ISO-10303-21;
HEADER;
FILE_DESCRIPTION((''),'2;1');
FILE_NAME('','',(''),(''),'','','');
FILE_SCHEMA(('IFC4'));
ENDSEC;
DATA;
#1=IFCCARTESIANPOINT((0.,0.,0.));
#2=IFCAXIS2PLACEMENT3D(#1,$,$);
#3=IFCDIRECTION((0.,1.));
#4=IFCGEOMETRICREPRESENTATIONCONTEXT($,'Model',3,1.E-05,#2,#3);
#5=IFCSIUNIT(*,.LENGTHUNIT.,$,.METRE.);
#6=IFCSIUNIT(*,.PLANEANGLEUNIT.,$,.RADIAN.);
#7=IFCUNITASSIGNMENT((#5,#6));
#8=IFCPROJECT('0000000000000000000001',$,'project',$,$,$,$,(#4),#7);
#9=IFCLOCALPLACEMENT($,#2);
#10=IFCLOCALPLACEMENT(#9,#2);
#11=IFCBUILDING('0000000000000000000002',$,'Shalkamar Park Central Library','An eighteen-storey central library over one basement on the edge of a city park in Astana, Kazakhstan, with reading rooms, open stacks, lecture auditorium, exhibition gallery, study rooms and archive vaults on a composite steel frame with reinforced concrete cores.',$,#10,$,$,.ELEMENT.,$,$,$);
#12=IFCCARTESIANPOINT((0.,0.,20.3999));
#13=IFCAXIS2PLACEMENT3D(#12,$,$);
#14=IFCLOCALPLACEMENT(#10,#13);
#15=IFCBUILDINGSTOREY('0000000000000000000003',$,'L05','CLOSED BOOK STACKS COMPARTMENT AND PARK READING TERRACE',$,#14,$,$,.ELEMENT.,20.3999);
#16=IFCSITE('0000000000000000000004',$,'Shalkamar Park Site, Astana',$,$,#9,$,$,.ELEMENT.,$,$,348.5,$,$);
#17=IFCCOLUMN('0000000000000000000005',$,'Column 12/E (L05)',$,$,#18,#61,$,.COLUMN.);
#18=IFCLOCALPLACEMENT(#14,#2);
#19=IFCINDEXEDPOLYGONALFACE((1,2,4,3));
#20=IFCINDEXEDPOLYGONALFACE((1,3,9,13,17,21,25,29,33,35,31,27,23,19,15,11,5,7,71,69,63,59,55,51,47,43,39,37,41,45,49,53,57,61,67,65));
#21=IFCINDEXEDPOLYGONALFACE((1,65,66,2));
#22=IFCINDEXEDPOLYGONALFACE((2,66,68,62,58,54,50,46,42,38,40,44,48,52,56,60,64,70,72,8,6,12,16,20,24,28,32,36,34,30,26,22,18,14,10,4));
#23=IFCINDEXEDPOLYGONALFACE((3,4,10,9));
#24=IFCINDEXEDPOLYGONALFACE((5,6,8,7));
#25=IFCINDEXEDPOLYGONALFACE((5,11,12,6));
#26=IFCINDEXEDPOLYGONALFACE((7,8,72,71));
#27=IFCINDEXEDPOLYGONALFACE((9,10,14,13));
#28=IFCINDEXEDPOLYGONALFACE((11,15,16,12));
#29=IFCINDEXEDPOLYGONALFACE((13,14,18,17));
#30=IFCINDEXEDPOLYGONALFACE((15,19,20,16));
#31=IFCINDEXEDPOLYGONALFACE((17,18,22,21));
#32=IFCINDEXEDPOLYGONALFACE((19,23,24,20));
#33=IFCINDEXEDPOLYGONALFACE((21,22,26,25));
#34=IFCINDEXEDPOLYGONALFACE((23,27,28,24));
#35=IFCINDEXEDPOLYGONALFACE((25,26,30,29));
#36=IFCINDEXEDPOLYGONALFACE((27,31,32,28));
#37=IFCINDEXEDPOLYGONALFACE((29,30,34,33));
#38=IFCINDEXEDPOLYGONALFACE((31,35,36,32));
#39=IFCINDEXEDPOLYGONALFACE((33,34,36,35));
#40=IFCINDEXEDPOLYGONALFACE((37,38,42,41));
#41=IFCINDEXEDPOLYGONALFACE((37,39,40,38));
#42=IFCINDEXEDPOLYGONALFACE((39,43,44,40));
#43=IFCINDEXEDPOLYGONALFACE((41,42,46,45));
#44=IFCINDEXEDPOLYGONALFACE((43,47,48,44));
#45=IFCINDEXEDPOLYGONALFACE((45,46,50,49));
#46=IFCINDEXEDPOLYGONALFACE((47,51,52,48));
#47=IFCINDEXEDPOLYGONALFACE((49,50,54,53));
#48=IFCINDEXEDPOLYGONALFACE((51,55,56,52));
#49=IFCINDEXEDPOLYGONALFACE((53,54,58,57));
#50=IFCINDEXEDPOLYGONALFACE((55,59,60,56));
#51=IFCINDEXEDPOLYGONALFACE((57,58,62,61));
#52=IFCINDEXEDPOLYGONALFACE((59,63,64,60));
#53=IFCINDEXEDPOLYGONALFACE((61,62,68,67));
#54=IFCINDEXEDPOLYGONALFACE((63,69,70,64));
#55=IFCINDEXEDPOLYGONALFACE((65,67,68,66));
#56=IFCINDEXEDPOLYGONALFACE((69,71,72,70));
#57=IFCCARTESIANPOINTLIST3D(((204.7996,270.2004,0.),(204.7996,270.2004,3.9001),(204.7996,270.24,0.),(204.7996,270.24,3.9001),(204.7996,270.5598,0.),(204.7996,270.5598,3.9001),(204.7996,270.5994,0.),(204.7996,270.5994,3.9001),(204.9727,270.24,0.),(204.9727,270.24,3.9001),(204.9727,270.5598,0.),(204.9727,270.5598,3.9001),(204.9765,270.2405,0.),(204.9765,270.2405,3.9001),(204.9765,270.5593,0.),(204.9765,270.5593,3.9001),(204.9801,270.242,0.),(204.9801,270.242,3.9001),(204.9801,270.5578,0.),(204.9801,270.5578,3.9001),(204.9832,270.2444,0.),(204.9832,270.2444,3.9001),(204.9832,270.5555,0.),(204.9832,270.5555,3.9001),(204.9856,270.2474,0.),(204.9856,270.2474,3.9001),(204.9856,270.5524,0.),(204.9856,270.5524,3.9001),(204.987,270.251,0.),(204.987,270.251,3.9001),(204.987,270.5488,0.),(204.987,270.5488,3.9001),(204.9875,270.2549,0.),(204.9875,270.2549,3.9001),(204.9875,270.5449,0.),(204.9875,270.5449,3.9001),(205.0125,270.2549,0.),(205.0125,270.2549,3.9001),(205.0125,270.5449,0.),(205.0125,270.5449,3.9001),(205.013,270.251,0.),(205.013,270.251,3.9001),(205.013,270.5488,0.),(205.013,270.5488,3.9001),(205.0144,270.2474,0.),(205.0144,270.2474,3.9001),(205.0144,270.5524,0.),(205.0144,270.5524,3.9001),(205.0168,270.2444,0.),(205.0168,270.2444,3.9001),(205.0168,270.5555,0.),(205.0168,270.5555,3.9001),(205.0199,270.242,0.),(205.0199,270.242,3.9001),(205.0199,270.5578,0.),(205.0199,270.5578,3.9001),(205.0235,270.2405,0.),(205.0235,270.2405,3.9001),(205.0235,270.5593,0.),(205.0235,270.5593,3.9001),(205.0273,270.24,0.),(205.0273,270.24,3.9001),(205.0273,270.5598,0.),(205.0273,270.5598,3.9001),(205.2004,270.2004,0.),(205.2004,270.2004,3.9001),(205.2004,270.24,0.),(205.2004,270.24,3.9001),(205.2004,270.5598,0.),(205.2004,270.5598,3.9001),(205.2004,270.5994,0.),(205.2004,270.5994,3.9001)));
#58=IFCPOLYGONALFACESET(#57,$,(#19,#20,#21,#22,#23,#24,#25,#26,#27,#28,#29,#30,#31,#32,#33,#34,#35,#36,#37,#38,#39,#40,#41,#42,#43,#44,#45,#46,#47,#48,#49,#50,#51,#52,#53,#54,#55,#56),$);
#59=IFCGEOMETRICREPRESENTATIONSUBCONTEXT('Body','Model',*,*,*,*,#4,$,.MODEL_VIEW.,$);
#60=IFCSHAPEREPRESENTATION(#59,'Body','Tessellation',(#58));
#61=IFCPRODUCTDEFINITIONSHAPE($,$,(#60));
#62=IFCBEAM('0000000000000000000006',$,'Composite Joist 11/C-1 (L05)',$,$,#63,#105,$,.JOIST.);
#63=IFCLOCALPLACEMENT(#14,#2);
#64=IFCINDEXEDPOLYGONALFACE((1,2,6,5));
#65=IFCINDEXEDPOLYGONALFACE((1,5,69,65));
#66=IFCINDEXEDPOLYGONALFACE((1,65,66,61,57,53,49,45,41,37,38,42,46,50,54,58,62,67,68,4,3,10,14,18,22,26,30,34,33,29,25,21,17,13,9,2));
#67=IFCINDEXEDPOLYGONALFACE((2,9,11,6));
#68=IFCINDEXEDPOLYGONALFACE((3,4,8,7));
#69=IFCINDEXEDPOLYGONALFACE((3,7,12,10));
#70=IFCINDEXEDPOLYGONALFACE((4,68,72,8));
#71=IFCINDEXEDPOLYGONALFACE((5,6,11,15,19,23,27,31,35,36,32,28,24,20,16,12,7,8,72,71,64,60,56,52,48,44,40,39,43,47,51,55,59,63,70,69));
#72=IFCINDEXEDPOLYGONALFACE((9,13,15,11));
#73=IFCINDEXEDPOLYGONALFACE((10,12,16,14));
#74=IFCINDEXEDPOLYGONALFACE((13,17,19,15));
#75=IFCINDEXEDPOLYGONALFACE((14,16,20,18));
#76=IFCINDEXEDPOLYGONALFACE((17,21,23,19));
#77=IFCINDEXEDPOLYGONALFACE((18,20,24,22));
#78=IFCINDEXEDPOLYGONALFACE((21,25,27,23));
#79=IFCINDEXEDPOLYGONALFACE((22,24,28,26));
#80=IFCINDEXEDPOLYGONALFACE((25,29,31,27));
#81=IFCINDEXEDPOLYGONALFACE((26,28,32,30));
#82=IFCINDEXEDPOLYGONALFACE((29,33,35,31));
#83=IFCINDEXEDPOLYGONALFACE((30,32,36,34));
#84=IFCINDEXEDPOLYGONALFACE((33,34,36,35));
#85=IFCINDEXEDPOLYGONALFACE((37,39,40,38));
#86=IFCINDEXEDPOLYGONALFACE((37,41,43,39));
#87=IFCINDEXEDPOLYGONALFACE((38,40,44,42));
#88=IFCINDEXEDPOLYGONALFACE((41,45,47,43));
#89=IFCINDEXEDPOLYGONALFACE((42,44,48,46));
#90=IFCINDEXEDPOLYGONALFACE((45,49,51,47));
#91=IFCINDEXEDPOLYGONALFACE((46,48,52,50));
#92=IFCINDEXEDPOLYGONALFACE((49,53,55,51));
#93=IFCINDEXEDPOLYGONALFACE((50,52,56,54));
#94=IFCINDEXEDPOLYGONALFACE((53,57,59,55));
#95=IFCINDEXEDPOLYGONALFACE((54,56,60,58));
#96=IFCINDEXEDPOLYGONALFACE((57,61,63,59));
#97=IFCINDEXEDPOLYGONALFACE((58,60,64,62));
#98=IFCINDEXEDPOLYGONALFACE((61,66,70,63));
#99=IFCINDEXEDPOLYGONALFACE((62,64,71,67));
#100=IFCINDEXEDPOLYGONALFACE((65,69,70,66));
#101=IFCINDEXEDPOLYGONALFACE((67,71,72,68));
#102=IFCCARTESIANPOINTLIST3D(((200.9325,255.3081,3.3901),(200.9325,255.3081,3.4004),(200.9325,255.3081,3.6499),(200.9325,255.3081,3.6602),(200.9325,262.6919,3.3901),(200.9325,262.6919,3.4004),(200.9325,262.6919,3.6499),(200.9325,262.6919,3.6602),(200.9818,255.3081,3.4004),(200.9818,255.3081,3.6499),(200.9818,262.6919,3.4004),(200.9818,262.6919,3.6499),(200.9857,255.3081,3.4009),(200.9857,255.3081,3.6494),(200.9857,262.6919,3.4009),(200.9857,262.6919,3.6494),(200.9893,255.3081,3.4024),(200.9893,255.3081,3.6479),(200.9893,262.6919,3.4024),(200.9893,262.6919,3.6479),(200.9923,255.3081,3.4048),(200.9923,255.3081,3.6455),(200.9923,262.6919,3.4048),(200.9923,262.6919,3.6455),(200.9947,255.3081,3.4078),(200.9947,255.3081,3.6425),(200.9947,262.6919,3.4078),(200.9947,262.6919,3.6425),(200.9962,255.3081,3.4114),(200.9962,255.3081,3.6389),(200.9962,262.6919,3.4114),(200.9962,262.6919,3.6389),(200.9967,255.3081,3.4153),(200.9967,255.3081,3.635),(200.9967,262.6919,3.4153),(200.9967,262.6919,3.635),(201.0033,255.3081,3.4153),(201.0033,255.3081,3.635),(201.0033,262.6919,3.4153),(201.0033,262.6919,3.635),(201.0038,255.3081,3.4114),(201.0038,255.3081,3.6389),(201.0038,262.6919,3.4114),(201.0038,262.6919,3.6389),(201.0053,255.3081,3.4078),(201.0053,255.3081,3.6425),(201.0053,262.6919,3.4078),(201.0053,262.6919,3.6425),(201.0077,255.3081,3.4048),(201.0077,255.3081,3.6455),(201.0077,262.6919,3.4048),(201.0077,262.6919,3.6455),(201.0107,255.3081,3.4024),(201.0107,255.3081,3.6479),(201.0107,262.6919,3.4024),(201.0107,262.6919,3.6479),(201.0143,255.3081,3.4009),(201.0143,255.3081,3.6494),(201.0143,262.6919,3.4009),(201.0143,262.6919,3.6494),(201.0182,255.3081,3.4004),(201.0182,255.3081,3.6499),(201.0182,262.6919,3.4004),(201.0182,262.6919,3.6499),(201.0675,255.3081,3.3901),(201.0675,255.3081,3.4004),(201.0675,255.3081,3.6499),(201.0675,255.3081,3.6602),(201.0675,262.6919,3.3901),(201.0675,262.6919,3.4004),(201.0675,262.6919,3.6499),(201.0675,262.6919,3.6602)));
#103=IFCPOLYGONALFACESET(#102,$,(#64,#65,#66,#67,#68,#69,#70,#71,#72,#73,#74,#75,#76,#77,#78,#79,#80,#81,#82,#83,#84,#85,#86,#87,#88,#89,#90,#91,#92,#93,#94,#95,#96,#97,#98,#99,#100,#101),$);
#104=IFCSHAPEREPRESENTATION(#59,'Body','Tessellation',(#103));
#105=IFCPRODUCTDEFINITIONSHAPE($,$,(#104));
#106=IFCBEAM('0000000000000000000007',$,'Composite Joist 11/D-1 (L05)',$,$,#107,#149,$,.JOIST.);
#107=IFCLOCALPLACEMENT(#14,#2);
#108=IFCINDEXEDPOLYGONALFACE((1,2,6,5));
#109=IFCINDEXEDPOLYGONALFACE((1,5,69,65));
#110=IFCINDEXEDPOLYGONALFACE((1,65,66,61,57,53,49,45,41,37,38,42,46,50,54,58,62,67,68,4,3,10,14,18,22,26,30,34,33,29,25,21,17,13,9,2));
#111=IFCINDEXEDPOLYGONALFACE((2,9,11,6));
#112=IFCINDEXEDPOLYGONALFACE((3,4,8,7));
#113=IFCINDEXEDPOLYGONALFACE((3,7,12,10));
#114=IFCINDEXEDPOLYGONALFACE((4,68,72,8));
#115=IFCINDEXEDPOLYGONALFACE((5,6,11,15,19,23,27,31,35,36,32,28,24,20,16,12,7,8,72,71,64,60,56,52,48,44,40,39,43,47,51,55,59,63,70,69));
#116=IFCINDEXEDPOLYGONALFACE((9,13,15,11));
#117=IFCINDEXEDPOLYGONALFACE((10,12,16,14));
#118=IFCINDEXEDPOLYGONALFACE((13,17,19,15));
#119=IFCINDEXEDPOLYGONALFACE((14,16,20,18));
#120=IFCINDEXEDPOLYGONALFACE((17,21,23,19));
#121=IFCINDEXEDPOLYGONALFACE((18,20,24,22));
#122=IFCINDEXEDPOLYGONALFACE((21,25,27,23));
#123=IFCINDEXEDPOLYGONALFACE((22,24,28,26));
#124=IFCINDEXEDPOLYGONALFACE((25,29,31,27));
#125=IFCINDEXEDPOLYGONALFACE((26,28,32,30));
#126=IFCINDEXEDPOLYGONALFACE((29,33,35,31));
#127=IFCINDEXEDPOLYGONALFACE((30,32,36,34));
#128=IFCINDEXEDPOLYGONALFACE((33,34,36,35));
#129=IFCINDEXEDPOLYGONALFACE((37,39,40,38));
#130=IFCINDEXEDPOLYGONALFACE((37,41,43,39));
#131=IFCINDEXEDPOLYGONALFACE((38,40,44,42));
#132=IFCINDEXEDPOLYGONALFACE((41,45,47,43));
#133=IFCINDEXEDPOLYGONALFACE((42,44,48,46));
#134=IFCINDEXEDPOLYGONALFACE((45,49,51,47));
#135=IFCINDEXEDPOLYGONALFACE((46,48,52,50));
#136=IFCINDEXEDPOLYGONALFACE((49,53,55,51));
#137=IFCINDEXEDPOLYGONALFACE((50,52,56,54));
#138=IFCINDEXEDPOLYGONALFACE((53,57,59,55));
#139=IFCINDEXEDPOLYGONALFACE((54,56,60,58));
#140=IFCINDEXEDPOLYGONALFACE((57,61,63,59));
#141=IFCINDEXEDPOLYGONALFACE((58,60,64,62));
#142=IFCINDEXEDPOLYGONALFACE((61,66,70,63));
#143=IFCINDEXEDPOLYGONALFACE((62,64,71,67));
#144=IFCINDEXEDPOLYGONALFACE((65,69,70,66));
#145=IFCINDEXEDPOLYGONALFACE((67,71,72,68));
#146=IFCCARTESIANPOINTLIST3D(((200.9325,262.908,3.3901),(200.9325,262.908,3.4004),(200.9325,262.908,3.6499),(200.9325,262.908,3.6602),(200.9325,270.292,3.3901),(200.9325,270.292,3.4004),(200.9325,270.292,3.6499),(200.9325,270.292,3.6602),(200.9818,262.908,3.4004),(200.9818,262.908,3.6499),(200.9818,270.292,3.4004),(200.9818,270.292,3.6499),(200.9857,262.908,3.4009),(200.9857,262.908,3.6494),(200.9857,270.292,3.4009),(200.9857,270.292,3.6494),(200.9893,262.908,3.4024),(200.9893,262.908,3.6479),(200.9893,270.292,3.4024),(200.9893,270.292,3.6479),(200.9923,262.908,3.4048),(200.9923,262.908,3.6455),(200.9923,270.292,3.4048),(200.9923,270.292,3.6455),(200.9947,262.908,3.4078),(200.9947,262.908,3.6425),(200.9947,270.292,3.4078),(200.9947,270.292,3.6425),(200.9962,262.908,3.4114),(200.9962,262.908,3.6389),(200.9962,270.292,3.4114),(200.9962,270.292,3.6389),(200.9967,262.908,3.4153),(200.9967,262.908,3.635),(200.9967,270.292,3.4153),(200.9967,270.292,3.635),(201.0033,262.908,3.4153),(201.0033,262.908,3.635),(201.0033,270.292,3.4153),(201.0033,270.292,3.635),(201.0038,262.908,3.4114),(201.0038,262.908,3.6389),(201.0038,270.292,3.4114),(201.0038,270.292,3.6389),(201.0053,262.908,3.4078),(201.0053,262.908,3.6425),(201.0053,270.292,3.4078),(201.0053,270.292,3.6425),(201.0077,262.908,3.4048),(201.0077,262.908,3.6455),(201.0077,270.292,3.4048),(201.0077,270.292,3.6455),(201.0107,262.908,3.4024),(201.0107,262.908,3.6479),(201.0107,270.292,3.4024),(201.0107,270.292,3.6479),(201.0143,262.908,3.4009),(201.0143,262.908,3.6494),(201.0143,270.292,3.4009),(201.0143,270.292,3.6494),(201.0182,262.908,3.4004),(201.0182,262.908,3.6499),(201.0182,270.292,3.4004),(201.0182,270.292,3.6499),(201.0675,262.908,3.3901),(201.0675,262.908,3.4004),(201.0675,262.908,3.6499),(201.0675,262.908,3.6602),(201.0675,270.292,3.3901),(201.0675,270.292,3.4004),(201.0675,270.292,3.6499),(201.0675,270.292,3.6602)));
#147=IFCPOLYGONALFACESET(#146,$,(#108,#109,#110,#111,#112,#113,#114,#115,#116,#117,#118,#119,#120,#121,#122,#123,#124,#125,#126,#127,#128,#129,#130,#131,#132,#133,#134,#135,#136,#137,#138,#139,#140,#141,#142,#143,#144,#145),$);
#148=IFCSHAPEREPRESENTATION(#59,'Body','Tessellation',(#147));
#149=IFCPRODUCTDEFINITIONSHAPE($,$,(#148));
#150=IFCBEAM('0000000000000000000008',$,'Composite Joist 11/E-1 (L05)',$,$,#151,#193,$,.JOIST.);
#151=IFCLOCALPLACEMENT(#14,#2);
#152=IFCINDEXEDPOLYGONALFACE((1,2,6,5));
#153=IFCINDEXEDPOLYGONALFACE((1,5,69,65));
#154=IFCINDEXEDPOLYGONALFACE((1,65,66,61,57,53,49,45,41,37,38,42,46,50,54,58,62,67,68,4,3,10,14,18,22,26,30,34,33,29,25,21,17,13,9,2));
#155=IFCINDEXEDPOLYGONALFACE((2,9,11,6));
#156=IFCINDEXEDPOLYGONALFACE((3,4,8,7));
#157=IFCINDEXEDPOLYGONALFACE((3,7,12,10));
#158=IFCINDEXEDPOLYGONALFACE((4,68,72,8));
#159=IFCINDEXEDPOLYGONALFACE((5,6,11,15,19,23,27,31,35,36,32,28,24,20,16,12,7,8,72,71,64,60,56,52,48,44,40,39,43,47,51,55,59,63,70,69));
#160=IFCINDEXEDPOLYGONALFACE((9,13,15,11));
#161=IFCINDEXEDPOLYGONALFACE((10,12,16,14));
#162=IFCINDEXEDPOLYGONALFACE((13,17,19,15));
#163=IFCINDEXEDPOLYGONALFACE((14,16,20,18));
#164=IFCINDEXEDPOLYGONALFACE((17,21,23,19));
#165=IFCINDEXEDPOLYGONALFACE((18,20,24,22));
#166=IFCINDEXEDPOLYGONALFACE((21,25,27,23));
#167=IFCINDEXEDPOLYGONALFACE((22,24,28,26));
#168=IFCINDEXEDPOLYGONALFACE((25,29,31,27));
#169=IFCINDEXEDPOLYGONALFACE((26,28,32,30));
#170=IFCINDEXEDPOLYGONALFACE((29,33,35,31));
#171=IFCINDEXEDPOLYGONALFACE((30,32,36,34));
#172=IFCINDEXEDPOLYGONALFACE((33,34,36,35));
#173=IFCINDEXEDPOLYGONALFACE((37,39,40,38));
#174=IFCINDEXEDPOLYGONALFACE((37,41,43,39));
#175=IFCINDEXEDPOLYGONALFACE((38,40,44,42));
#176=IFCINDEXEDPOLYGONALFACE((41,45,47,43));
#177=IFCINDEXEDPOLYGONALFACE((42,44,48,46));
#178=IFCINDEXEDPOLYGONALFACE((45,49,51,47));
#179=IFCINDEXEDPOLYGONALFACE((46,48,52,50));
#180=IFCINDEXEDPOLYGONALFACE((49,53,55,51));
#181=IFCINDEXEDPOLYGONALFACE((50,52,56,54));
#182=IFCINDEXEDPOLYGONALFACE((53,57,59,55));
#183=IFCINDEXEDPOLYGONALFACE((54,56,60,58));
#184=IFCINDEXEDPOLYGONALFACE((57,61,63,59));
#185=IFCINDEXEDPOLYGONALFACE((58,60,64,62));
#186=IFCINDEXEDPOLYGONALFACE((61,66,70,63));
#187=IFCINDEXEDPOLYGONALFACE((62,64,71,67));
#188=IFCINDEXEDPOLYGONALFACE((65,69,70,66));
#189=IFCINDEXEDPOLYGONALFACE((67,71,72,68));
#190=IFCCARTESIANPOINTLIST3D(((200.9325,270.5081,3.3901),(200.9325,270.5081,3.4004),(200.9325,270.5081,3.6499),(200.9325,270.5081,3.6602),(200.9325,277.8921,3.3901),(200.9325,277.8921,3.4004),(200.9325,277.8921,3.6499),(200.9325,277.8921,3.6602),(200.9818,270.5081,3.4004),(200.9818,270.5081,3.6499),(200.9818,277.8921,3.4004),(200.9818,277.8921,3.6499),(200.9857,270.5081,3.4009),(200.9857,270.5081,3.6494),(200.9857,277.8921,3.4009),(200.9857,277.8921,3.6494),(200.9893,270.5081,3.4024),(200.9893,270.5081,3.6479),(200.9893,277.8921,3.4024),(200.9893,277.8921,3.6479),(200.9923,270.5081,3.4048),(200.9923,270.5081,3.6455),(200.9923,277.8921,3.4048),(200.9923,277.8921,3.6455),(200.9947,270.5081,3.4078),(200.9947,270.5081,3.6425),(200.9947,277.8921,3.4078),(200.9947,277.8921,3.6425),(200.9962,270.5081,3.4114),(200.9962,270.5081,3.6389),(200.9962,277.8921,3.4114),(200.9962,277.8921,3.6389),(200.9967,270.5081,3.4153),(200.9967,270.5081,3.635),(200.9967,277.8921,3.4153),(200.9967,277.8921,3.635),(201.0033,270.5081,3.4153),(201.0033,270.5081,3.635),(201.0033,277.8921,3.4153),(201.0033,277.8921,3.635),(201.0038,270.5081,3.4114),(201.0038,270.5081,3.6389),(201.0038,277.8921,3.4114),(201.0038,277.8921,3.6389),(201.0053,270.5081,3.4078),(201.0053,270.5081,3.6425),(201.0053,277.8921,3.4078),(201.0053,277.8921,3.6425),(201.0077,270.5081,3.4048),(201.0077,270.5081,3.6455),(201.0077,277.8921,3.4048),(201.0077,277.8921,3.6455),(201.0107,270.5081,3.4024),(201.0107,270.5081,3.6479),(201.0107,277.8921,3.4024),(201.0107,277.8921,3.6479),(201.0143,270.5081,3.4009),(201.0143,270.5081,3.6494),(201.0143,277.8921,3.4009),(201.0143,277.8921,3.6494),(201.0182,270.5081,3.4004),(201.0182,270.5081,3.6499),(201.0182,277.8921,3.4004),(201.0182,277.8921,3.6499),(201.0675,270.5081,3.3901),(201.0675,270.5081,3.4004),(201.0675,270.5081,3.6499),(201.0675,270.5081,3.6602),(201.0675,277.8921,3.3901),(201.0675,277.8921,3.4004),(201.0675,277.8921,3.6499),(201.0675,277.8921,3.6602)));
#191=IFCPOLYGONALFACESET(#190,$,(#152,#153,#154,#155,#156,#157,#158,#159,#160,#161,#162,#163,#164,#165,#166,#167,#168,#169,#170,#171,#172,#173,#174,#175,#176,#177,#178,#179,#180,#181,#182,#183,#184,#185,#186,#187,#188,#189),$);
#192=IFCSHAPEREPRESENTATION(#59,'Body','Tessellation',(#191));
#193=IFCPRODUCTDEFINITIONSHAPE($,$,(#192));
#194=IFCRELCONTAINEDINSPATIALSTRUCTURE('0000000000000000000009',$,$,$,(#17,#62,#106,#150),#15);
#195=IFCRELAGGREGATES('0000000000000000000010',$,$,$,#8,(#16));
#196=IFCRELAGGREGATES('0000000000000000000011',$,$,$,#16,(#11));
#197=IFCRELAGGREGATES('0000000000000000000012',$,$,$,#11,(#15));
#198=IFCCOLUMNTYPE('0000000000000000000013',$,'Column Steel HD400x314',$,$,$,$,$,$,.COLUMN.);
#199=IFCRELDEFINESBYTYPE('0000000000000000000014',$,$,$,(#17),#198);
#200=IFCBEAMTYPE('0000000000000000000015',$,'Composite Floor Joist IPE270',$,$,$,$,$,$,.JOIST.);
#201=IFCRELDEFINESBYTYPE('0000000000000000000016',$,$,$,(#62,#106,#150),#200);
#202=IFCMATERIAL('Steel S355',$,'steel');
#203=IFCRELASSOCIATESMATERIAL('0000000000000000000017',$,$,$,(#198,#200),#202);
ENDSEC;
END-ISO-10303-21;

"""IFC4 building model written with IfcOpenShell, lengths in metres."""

from ifc_helpers import new_model, si_unit, direction, frame, origin, origin_2d, place, context, subcontext, project, spatial, i_section, extrude, material, material_profile, profile_set, type_object, element, save


model = new_model("IFC4")

# Units and contexts
model_context = context("Model", 3, precision=1e-05, world=origin(), true_north=direction((0.0, 1.0)))
body_context = subcontext(model_context, "Body", "Model", "MODEL_VIEW")
ifc_project = project(units=[si_unit("LENGTHUNIT", "METRE"), si_unit("PLANEANGLEUNIT", "RADIAN")], contexts=[model_context])

# Site, building, storey
site_placement = place(None, origin())
site = spatial("IfcSite", under=ifc_project, at=site_placement, Name="Shalkamar Park Site, Astana", CompositionType="ELEMENT", RefElevation=348.5)
building_placement = place(site_placement, origin())
building = spatial("IfcBuilding", under=site, at=building_placement, Name="Shalkamar Park Central Library", Description="An eighteen-storey central library over one basement on the edge of a city park in Astana, Kazakhstan, with reading rooms, open stacks, lecture auditorium, exhibition gallery, study rooms and archive vaults on a composite steel frame with reinforced concrete cores.", CompositionType="ELEMENT")
storey_placement = place(building_placement, frame((0.0, 0.0, 20.3999)))
storey = spatial("IfcBuildingStorey", under=building, at=storey_placement, Name="L05", Description="CLOSED BOOK STACKS COMPARTMENT AND PARK READING TERRACE", CompositionType="ELEMENT", Elevation=20.3999)

# Column
ifc_material_1 = material(Name="Steel S355", Category="steel")
ifc_material_profile_1 = material_profile(ifc_material_1, i_section(OverallWidth=0.4009, OverallDepth=0.3989, WebThickness=0.0249, FlangeThickness=0.0396, FilletRadius=0.0149, at=origin_2d()), Name="HD 400x314")
ifc_profile_set_1 = profile_set([ifc_material_profile_1], Name="Steel S355")
column_type = type_object("IfcColumnType", Name="Column Steel HD400x314", PredefinedType="COLUMN", material=ifc_profile_set_1)
for number, where, z_axis, x_axis, name in (
    (1, (205.0, 270.3999, 0.0), (0.0, 0.0, 1.0), (1.0, 0.0, 0.0), "Column 12/E (L05)"),
):
    element("IfcColumn", number, at=place(storey_placement, frame(where, z_axis=z_axis, x_axis=x_axis)), inside=storey, type_object=column_type, Name=name, PredefinedType="COLUMN", context=body_context, shape_type="SweptSolid", body=[
        extrude(i_section(OverallWidth=0.4009, OverallDepth=0.3989, WebThickness=0.0249, FlangeThickness=0.0396, FilletRadius=0.0149, at=origin_2d()), origin(), (0.0, 0.0, 1.0), 3.9001),
    ])

# Beams
ifc_material_profile_2 = material_profile(ifc_material_1, i_section(OverallWidth=0.135, OverallDepth=0.27, WebThickness=0.0066, FlangeThickness=0.0103, FilletRadius=0.0149, at=origin_2d()), Name="IPE 270")
ifc_profile_set_2 = profile_set([ifc_material_profile_2], Name="Steel S355")
beam_type_1 = type_object("IfcBeamType", Name="Composite Floor Joist IPE270", PredefinedType="JOIST", material=ifc_profile_set_2)
beam_1_placement = place(storey_placement, frame((201.0, 255.3081, 3.5251), z_axis=(0.0, 1.0, 0.0), x_axis=(-1.0, 0.0, 0.0)))
element("IfcBeam", 2, at=beam_1_placement, inside=storey, type_object=beam_type_1, Name="Composite Joist 11/C-1 (L05)", PredefinedType="JOIST", context=body_context, shape_type="SweptSolid", body=[
    extrude(i_section(OverallWidth=0.135, OverallDepth=0.27, WebThickness=0.0066, FlangeThickness=0.0103, FilletRadius=0.0149, at=origin_2d()), origin(), (0.0, 0.0, 1.0), 7.3838),
])
for number, where, z_axis, x_axis, name in (
    (3, (201.0, 262.908, 3.5251), (0.0, 1.0, 0.0), (-1.0, 0.0, 0.0), "Composite Joist 11/D-1 (L05)"),
    (4, (201.0, 270.5081, 3.5251), (0.0, 1.0, 0.0), (-1.0, 0.0, 0.0), "Composite Joist 11/E-1 (L05)"),
):
    element("IfcBeam", number, at=place(storey_placement, frame(where, z_axis=z_axis, x_axis=x_axis)), inside=storey, type_object=beam_type_1, Name=name, PredefinedType="JOIST", context=body_context, shape_type="SweptSolid", body=[
        extrude(i_section(OverallWidth=0.135, OverallDepth=0.27, WebThickness=0.0066, FlangeThickness=0.0103, FilletRadius=0.0149, at=origin_2d()), origin(), (0.0, 0.0, 1.0), 7.384),
    ])

save(model, "model.ifc")
